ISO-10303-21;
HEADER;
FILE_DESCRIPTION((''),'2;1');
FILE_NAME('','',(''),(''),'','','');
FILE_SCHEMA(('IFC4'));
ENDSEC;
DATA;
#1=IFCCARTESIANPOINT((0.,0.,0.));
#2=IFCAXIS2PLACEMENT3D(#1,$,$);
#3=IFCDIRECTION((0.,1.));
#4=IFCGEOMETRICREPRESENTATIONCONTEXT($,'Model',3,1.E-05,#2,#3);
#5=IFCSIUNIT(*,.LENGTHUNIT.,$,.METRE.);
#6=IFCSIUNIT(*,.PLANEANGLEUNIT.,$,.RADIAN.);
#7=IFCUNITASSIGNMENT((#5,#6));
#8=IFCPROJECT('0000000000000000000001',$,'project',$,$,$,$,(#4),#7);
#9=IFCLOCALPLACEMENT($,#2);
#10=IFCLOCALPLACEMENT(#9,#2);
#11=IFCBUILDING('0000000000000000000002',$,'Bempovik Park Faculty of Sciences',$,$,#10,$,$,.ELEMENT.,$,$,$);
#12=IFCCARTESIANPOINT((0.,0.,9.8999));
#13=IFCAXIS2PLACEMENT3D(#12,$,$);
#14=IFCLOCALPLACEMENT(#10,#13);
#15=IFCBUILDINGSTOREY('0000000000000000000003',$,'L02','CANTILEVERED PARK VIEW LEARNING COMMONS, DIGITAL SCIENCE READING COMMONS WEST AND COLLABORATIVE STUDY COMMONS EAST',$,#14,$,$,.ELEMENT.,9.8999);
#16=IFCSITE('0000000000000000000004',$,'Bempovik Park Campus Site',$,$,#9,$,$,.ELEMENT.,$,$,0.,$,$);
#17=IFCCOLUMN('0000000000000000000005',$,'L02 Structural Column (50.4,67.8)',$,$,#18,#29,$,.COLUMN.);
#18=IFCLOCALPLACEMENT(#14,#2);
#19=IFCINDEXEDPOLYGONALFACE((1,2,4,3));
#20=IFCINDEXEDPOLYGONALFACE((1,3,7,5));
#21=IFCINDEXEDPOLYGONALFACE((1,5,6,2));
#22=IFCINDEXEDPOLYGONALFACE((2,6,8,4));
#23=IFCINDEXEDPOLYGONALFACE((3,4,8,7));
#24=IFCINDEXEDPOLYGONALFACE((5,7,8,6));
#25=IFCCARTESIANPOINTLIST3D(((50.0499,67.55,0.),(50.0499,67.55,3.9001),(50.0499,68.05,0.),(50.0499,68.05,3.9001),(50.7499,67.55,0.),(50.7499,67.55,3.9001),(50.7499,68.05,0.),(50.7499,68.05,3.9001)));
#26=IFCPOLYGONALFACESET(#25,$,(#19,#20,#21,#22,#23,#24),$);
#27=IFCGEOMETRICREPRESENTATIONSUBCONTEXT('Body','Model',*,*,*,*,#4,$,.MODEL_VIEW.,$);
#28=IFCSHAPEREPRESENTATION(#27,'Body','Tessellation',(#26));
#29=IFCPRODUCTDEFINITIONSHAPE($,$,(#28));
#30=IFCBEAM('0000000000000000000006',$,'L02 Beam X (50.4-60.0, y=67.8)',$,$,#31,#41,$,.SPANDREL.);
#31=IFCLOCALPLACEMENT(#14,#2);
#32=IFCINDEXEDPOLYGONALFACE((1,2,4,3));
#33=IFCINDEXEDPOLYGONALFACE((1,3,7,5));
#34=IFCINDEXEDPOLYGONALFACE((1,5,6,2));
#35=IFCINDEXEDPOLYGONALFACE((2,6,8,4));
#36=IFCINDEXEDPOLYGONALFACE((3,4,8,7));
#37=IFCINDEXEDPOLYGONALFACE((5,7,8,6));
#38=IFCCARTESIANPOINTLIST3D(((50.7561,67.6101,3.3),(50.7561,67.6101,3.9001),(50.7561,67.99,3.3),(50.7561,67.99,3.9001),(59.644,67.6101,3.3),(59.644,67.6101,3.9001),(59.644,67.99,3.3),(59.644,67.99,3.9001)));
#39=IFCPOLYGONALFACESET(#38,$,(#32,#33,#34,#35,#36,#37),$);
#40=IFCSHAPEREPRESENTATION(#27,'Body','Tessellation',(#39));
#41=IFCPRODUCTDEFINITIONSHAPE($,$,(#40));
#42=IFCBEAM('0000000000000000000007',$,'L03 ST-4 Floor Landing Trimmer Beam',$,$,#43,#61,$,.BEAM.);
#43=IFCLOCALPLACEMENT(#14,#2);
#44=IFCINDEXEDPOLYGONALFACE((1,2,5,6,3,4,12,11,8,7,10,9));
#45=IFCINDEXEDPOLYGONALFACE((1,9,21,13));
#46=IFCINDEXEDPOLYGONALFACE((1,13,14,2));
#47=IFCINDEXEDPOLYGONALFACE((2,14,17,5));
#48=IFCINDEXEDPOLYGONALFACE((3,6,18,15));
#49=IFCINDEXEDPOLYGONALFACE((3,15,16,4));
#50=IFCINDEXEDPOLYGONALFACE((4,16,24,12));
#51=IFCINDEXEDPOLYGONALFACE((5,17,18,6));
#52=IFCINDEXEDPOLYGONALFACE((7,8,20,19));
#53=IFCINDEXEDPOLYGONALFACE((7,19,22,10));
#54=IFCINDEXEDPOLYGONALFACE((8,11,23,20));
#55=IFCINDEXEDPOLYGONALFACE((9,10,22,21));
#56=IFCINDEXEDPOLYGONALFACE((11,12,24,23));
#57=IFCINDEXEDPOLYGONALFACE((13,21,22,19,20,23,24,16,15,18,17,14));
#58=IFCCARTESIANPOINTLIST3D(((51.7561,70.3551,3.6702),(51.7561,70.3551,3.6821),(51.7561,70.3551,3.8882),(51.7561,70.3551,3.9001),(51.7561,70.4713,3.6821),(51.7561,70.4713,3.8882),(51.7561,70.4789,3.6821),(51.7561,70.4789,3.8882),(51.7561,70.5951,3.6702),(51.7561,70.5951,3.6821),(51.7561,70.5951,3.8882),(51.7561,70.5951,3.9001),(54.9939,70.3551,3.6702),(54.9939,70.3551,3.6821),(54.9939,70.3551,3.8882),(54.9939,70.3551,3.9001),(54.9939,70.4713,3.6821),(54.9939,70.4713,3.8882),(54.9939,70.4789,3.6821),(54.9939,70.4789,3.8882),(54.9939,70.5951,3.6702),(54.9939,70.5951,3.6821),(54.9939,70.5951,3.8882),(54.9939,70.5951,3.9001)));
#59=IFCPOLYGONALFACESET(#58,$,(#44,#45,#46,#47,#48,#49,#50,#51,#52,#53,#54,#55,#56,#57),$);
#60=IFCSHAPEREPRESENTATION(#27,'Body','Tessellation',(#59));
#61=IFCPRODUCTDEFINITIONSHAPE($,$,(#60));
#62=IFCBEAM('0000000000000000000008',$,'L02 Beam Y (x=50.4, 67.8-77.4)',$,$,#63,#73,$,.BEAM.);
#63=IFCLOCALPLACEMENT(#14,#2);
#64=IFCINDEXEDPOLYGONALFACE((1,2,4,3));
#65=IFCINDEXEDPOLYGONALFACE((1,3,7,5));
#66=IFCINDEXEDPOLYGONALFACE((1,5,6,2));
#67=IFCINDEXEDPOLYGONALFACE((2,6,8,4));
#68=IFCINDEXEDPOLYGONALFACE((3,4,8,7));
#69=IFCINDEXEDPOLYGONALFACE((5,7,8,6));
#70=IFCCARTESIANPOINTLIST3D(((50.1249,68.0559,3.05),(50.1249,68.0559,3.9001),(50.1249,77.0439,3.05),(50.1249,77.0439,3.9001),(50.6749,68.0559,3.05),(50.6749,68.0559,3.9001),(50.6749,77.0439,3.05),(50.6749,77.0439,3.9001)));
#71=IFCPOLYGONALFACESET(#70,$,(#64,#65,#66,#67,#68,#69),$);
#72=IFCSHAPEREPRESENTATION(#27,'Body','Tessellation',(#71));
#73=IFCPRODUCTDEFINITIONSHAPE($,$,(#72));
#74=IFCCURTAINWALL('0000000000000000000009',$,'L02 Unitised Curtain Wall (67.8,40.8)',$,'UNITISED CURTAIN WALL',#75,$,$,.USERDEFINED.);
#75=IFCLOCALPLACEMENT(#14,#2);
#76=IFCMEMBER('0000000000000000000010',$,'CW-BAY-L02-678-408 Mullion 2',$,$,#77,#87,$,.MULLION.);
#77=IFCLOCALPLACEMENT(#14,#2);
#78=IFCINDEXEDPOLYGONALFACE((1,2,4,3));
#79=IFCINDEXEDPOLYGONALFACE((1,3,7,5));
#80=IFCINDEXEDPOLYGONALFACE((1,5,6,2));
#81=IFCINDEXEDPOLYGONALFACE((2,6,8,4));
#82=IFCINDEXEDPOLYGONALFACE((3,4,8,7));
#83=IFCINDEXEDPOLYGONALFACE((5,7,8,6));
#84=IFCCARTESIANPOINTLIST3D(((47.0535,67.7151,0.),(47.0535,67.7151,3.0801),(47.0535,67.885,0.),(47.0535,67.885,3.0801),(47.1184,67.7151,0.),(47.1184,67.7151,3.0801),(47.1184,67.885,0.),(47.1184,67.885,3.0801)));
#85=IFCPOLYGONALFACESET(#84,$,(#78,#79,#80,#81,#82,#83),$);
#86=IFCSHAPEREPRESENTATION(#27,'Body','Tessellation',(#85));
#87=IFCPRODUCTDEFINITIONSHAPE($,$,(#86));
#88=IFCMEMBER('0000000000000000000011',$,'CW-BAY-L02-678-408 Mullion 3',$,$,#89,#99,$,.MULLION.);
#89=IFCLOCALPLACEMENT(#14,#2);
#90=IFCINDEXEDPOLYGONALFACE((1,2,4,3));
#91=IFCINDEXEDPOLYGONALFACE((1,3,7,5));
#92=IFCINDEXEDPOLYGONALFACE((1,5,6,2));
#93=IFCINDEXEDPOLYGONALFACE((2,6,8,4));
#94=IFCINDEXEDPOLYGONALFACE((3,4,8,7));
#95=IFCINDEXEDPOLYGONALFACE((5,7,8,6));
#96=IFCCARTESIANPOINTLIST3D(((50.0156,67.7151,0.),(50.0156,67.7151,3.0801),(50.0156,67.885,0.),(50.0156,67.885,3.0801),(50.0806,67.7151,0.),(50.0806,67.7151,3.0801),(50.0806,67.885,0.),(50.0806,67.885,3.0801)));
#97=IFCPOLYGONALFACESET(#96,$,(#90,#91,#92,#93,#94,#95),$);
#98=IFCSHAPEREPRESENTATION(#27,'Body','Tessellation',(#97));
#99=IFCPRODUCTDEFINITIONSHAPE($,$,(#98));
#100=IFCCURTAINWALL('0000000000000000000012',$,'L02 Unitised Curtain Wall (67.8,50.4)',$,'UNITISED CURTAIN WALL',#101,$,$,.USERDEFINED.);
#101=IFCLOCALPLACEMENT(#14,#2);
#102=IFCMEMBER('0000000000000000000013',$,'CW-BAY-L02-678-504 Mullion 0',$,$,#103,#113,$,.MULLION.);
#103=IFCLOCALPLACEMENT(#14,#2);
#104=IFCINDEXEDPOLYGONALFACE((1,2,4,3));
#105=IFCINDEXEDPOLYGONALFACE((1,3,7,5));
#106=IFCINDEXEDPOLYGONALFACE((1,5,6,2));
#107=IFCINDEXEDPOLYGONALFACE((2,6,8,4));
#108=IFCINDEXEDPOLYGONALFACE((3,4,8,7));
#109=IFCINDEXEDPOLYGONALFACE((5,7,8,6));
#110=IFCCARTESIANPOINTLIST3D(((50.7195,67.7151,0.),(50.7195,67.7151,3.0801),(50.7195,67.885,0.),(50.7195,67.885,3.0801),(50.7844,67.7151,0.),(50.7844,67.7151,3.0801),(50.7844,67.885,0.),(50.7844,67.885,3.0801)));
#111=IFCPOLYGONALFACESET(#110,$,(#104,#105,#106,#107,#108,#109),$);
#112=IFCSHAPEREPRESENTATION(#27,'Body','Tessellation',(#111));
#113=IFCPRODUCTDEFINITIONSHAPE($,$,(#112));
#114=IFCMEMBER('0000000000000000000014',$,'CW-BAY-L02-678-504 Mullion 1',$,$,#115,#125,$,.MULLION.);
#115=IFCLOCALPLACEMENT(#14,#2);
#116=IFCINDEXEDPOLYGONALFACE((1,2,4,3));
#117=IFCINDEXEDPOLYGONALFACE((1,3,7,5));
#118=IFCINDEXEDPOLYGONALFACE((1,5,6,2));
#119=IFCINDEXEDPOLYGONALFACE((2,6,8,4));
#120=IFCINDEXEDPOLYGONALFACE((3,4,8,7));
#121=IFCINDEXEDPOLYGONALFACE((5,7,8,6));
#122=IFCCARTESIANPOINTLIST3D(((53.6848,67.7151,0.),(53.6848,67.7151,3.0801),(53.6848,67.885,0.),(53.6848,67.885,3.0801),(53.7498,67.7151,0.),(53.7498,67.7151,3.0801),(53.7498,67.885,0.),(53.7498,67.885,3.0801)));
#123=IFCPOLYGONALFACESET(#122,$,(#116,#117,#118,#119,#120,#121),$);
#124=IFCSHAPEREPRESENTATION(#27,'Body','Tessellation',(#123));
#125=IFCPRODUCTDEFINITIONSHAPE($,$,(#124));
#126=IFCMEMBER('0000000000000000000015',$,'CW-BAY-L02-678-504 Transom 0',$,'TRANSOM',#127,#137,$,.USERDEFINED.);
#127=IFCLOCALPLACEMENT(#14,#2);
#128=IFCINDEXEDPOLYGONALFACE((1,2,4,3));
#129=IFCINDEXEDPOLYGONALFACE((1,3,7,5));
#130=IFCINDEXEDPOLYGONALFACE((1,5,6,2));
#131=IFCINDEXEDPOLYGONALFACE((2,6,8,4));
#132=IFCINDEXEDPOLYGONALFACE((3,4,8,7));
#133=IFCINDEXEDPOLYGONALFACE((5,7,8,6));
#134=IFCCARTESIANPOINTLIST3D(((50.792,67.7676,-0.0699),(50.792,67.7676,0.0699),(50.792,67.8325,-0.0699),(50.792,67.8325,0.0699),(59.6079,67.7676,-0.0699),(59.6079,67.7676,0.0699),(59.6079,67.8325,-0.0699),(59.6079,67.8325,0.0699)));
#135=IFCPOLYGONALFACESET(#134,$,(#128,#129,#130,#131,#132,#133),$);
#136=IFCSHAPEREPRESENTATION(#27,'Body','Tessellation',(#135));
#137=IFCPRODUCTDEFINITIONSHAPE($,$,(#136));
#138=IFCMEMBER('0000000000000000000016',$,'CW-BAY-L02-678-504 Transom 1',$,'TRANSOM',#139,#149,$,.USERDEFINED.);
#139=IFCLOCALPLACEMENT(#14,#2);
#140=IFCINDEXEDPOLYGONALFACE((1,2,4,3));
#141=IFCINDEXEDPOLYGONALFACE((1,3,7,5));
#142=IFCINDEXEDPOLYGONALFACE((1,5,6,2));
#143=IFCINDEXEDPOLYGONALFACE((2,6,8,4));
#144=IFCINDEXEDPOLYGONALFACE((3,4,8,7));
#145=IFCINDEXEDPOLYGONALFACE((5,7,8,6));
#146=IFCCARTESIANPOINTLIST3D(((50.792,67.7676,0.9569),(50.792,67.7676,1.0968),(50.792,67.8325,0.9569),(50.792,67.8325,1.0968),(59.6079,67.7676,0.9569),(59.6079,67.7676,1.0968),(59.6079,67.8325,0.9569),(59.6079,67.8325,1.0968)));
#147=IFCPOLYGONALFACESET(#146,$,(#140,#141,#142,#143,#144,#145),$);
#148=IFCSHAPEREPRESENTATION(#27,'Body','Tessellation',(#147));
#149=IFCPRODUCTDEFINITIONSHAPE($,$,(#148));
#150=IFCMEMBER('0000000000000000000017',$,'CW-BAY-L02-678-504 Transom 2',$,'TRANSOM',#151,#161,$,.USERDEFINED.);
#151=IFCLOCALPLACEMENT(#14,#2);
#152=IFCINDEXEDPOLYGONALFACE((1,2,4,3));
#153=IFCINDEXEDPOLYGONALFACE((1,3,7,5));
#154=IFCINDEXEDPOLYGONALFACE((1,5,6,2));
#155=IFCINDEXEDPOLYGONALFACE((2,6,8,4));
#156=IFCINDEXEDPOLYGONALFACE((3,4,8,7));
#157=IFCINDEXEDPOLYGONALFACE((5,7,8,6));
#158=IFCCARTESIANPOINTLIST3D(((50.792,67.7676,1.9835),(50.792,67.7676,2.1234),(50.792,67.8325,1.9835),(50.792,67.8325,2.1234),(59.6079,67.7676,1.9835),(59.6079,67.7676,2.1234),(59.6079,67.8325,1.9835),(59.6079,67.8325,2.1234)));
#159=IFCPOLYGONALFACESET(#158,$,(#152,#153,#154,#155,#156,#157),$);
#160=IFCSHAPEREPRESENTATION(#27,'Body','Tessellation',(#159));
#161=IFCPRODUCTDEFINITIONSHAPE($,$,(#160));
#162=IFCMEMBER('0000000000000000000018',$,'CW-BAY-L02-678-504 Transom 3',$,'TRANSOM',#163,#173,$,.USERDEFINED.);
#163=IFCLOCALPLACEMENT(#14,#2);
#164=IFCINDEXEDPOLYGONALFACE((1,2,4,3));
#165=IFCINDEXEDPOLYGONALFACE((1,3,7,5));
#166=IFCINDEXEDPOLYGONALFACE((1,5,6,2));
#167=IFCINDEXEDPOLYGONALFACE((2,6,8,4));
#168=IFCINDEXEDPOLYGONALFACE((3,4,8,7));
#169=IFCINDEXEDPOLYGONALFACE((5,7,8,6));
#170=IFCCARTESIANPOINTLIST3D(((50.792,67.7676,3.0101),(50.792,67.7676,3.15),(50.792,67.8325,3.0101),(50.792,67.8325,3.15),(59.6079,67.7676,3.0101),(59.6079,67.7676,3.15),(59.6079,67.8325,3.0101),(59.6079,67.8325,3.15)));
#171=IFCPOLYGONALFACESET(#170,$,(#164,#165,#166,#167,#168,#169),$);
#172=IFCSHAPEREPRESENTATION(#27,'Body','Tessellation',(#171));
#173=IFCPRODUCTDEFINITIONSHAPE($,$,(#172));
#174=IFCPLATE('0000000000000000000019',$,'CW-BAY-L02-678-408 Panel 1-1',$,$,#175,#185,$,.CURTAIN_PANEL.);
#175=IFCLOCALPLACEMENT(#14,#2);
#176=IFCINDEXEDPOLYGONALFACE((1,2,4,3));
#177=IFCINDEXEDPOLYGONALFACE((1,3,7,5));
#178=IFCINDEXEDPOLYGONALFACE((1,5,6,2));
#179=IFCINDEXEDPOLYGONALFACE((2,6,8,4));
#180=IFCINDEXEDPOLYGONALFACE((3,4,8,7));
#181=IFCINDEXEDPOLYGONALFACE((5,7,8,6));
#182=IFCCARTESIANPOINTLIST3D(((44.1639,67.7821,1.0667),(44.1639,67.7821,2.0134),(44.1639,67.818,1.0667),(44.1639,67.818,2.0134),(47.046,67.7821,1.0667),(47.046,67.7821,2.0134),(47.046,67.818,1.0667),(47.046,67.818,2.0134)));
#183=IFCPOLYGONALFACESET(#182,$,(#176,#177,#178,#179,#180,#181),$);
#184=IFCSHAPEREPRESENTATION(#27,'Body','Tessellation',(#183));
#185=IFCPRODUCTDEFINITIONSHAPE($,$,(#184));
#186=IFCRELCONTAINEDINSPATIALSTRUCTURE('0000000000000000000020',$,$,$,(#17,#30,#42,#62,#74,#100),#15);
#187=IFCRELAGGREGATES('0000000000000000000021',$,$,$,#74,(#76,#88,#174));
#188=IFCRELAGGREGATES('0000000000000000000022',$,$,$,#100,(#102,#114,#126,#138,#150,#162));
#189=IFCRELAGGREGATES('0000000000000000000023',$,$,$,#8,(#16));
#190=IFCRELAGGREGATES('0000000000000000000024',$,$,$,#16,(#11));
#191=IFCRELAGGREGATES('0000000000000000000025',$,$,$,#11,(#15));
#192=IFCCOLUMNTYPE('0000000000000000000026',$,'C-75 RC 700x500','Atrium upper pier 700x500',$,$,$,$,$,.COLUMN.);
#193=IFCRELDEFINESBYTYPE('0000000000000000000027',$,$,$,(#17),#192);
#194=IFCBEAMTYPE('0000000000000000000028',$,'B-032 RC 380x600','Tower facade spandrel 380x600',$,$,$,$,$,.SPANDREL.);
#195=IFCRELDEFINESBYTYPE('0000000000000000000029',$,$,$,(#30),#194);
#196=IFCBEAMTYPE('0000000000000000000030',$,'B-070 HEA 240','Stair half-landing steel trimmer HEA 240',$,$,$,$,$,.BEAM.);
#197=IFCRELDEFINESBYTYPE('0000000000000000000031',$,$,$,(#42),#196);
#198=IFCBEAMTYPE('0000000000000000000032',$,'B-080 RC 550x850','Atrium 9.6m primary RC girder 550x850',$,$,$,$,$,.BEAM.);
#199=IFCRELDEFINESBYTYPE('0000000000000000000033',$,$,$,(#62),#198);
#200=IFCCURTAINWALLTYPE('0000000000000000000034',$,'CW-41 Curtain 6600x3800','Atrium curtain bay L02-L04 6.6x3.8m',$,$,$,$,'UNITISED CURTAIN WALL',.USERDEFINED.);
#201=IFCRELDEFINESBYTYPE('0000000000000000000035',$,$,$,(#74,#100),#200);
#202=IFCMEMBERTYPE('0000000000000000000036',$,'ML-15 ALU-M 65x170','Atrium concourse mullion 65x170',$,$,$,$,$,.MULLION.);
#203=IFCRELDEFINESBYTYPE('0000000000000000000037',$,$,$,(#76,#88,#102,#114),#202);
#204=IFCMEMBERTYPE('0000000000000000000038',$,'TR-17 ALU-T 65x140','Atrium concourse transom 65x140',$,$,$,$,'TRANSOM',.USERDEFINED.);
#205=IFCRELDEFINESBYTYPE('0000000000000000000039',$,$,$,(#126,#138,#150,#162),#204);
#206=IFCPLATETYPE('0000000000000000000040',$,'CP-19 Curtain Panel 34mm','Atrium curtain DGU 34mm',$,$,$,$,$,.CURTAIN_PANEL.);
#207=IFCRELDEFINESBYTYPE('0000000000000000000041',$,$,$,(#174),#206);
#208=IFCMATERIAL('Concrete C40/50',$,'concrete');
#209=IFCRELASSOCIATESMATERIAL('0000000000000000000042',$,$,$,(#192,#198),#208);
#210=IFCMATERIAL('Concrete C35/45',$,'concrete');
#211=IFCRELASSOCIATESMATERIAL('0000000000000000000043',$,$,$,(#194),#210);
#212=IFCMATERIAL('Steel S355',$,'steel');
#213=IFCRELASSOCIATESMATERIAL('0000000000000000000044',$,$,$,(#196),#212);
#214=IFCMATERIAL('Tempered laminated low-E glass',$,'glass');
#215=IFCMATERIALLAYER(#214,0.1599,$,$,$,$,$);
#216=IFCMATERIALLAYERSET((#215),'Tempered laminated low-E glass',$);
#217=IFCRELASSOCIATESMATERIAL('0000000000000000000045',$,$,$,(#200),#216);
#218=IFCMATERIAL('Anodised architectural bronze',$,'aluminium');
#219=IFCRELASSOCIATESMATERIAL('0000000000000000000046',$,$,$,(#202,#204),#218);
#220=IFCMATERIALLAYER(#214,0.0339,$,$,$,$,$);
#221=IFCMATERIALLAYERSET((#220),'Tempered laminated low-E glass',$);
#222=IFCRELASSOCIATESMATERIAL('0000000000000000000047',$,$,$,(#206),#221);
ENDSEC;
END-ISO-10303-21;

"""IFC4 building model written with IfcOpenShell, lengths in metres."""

from ifc_helpers import new_model, si_unit, direction, frame, origin, origin_2d, place, context, subcontext, project, spatial, rectangle, i_section, extrude, material, layer, layer_set, material_profile, profile_set, type_object, element, aggregate, save


model = new_model("IFC4")

# Units and contexts
model_context = context("Model", 3, precision=1e-05, world=origin(), true_north=direction((0.0, 1.0)))
body_context = subcontext(model_context, "Body", "Model", "MODEL_VIEW")
ifc_project = project(units=[si_unit("LENGTHUNIT", "METRE"), si_unit("PLANEANGLEUNIT", "RADIAN")], contexts=[model_context])

# Site, building, storey
site_placement = place(None, origin())
site = spatial("IfcSite", under=ifc_project, at=site_placement, Name="Bempovik Park Campus Site", CompositionType="ELEMENT", RefElevation=0.0)
building_placement = place(site_placement, origin())
building = spatial("IfcBuilding", under=site, at=building_placement, Name="Bempovik Park Faculty of Sciences", CompositionType="ELEMENT")
storey_placement = place(building_placement, frame((0.0, 0.0, 9.8999)))
storey = spatial("IfcBuildingStorey", under=building, at=storey_placement, Name="L02", Description="CANTILEVERED PARK VIEW LEARNING COMMONS, DIGITAL SCIENCE READING COMMONS WEST AND COLLABORATIVE STUDY COMMONS EAST", CompositionType="ELEMENT", Elevation=9.8999)

# Column
ifc_material_1 = material(Name="Concrete C40/50", Category="concrete")
ifc_material_profile_1 = material_profile(ifc_material_1, rectangle(XDim=0.7, YDim=0.5, at=origin_2d()), Name="RC 700x500")
ifc_profile_set_1 = profile_set([ifc_material_profile_1], Name="Concrete C40/50")
column_type = type_object("IfcColumnType", Name="C-75 RC 700x500", Description="Atrium upper pier 700x500", PredefinedType="COLUMN", material=ifc_profile_set_1)
column_placement = place(storey_placement, frame((50.3999, 67.8, 0.0), z_axis=(0.0, 0.0, 1.0), x_axis=(1.0, 0.0, 0.0)))
element("IfcColumn", 1, at=column_placement, inside=storey, type_object=column_type, Name="L02 Structural Column (50.4,67.8)", PredefinedType="COLUMN", context=body_context, shape_type="SweptSolid", body=[
    extrude(rectangle(XDim=0.7, YDim=0.5, at=origin_2d()), origin(), (0.0, 0.0, 1.0), 3.9001),
])

# Beams
ifc_material_2 = material(Name="Concrete C35/45", Category="concrete")
ifc_material_profile_2 = material_profile(ifc_material_2, rectangle(XDim=0.3799, YDim=0.6001, at=origin_2d()), Name="RC 380x600")
ifc_profile_set_2 = profile_set([ifc_material_profile_2], Name="Concrete C35/45")
beam_type_1 = type_object("IfcBeamType", Name="B-032 RC 380x600", Description="Tower facade spandrel 380x600", PredefinedType="SPANDREL", material=ifc_profile_set_2)
beam_1_placement = place(storey_placement, frame((50.7561, 67.8, 3.6001), z_axis=(1.0, 0.0, 0.0), x_axis=(0.0, 1.0, 0.0)))
element("IfcBeam", 2, at=beam_1_placement, inside=storey, type_object=beam_type_1, Name="L02 Beam X (50.4-60.0, y=67.8)", PredefinedType="SPANDREL", context=body_context, shape_type="SweptSolid", body=[
    extrude(rectangle(XDim=0.3799, YDim=0.6001, at=origin_2d()), origin(), (0.0, 0.0, 1.0), 8.8879),
])
ifc_material_3 = material(Name="Steel S355", Category="steel")
ifc_material_profile_3 = material_profile(ifc_material_3, i_section(OverallWidth=0.24, OverallDepth=0.23, WebThickness=0.0076, FlangeThickness=0.012, at=origin_2d()), Name="HEA 240")
ifc_profile_set_3 = profile_set([ifc_material_profile_3], Name="Steel S355")
beam_type_2 = type_object("IfcBeamType", Name="B-070 HEA 240", Description="Stair half-landing steel trimmer HEA 240", PredefinedType="BEAM", material=ifc_profile_set_3)
beam_2_placement = place(storey_placement, frame((51.7561, 70.4751, 3.7852), z_axis=(1.0, 0.0, 0.0), x_axis=(0.0, 1.0, 0.0)))
element("IfcBeam", 3, at=beam_2_placement, inside=storey, type_object=beam_type_2, Name="L03 ST-4 Floor Landing Trimmer Beam", PredefinedType="BEAM", context=body_context, shape_type="SweptSolid", body=[
    extrude(i_section(OverallWidth=0.24, OverallDepth=0.23, WebThickness=0.0076, FlangeThickness=0.012, at=origin_2d()), origin(), (0.0, 0.0, 1.0), 3.2378),
])
ifc_material_profile_4 = material_profile(ifc_material_1, rectangle(XDim=0.55, YDim=0.8501, at=origin_2d()), Name="RC 550x850")
ifc_profile_set_4 = profile_set([ifc_material_profile_4], Name="Concrete C40/50")
beam_type_3 = type_object("IfcBeamType", Name="B-080 RC 550x850", Description="Atrium 9.6m primary RC girder 550x850", PredefinedType="BEAM", material=ifc_profile_set_4)
beam_3_placement = place(storey_placement, frame((50.3999, 68.0559, 3.4751), z_axis=(0.0, 1.0, 0.0), x_axis=(-1.0, 0.0, 0.0)))
element("IfcBeam", 4, at=beam_3_placement, inside=storey, type_object=beam_type_3, Name="L02 Beam Y (x=50.4, 67.8-77.4)", PredefinedType="BEAM", context=body_context, shape_type="SweptSolid", body=[
    extrude(rectangle(XDim=0.55, YDim=0.8501, at=origin_2d()), origin(), (0.0, 0.0, 1.0), 8.988),
])

# Curtain walls, members
ifc_material_4 = material(Name="Tempered laminated low-E glass", Category="glass")
ifc_layer_1 = layer(ifc_material_4, 0.1599)
ifc_layer_set_1 = layer_set([ifc_layer_1], Name="Tempered laminated low-E glass")
curtain_wall_type = type_object("IfcCurtainWallType", Name="CW-41 Curtain 6600x3800", Description="Atrium curtain bay L02-L04 6.6x3.8m", ElementType="UNITISED CURTAIN WALL", PredefinedType="USERDEFINED", material=ifc_layer_set_1)
curtain_wall_1_placement = place(storey_placement, origin())
curtain_wall_1 = element("IfcCurtainWall", 5, at=curtain_wall_1_placement, inside=storey, type_object=curtain_wall_type, Name="L02 Unitised Curtain Wall (67.8,40.8)", ObjectType="UNITISED CURTAIN WALL", PredefinedType="USERDEFINED")
ifc_material_5 = material(Name="Anodised architectural bronze", Category="aluminium")
ifc_material_profile_5 = material_profile(ifc_material_5, rectangle(XDim=0.0649, YDim=0.1699, at=origin_2d()), Name="ALU-M 65x170")
ifc_profile_set_5 = profile_set([ifc_material_profile_5], Name="Anodised architectural bronze")
member_type_1 = type_object("IfcMemberType", Name="ML-15 ALU-M 65x170", Description="Atrium concourse mullion 65x170", PredefinedType="MULLION", material=ifc_profile_set_5)
member_1_placement = place(storey_placement, frame((47.0859, 67.8, 0.0), z_axis=(0.0, 0.0, 1.0), x_axis=(1.0, 0.0, 0.0)))
member_1 = element("IfcMember", 6, at=member_1_placement, type_object=member_type_1, Name="CW-BAY-L02-678-408 Mullion 2", PredefinedType="MULLION", context=body_context, shape_type="SweptSolid", body=[
    extrude(rectangle(XDim=0.0649, YDim=0.1699, at=origin_2d()), origin(), (0.0, 0.0, 1.0), 3.0801),
])
member_2_placement = place(storey_placement, frame((50.0481, 67.8, 0.0), z_axis=(0.0, 0.0, 1.0), x_axis=(1.0, 0.0, 0.0)))
member_2 = element("IfcMember", 7, at=member_2_placement, type_object=member_type_1, Name="CW-BAY-L02-678-408 Mullion 3", PredefinedType="MULLION", context=body_context, shape_type="SweptSolid", body=[
    extrude(rectangle(XDim=0.0649, YDim=0.1699, at=origin_2d()), origin(), (0.0, 0.0, 1.0), 3.0801),
])
curtain_wall_2_placement = place(storey_placement, origin())
curtain_wall_2 = element("IfcCurtainWall", 8, at=curtain_wall_2_placement, inside=storey, type_object=curtain_wall_type, Name="L02 Unitised Curtain Wall (67.8,50.4)", ObjectType="UNITISED CURTAIN WALL", PredefinedType="USERDEFINED")
member_3_placement = place(storey_placement, frame((50.752, 67.8, 0.0), z_axis=(0.0, 0.0, 1.0), x_axis=(1.0, 0.0, 0.0)))
member_3 = element("IfcMember", 9, at=member_3_placement, type_object=member_type_1, Name="CW-BAY-L02-678-504 Mullion 0", PredefinedType="MULLION", context=body_context, shape_type="SweptSolid", body=[
    extrude(rectangle(XDim=0.0649, YDim=0.1699, at=origin_2d()), origin(), (0.0, 0.0, 1.0), 3.0801),
])
member_4_placement = place(storey_placement, frame((53.7173, 67.8, 0.0), z_axis=(0.0, 0.0, 1.0), x_axis=(1.0, 0.0, 0.0)))
member_4 = element("IfcMember", 10, at=member_4_placement, type_object=member_type_1, Name="CW-BAY-L02-678-504 Mullion 1", PredefinedType="MULLION", context=body_context, shape_type="SweptSolid", body=[
    extrude(rectangle(XDim=0.0649, YDim=0.1699, at=origin_2d()), origin(), (0.0, 0.0, 1.0), 3.0801),
])
ifc_material_profile_6 = material_profile(ifc_material_5, rectangle(XDim=0.0649, YDim=0.1399, at=origin_2d()), Name="ALU-T 65x140")
ifc_profile_set_6 = profile_set([ifc_material_profile_6], Name="Anodised architectural bronze")
member_type_2 = type_object("IfcMemberType", Name="TR-17 ALU-T 65x140", Description="Atrium concourse transom 65x140", ElementType="TRANSOM", PredefinedType="USERDEFINED", material=ifc_profile_set_6)
member_5_placement = place(storey_placement, frame((50.792, 67.8, 0.0), z_axis=(1.0, 0.0, 0.0), x_axis=(0.0, 1.0, 0.0)))
member_5 = element("IfcMember", 11, at=member_5_placement, type_object=member_type_2, Name="CW-BAY-L02-678-504 Transom 0", ObjectType="TRANSOM", PredefinedType="USERDEFINED", context=body_context, shape_type="SweptSolid", body=[
    extrude(rectangle(XDim=0.0649, YDim=0.1399, at=origin_2d()), origin(), (0.0, 0.0, 1.0), 8.8159),
])
member_6_placement = place(storey_placement, frame((50.792, 67.8, 1.0269), z_axis=(1.0, 0.0, 0.0), x_axis=(0.0, 1.0, 0.0)))
member_6 = element("IfcMember", 12, at=member_6_placement, type_object=member_type_2, Name="CW-BAY-L02-678-504 Transom 1", ObjectType="TRANSOM", PredefinedType="USERDEFINED", context=body_context, shape_type="SweptSolid", body=[
    extrude(rectangle(XDim=0.0649, YDim=0.1399, at=origin_2d()), origin(), (0.0, 0.0, 1.0), 8.8159),
])
member_7_placement = place(storey_placement, frame((50.792, 67.8, 2.0535), z_axis=(1.0, 0.0, 0.0), x_axis=(0.0, 1.0, 0.0)))
member_7 = element("IfcMember", 13, at=member_7_placement, type_object=member_type_2, Name="CW-BAY-L02-678-504 Transom 2", ObjectType="TRANSOM", PredefinedType="USERDEFINED", context=body_context, shape_type="SweptSolid", body=[
    extrude(rectangle(XDim=0.0649, YDim=0.1399, at=origin_2d()), origin(), (0.0, 0.0, 1.0), 8.8159),
])
member_8_placement = place(storey_placement, frame((50.792, 67.8, 3.0801), z_axis=(1.0, 0.0, 0.0), x_axis=(0.0, 1.0, 0.0)))
member_8 = element("IfcMember", 14, at=member_8_placement, type_object=member_type_2, Name="CW-BAY-L02-678-504 Transom 3", ObjectType="TRANSOM", PredefinedType="USERDEFINED", context=body_context, shape_type="SweptSolid", body=[
    extrude(rectangle(XDim=0.0649, YDim=0.1399, at=origin_2d()), origin(), (0.0, 0.0, 1.0), 8.8159),
])

# Plate
ifc_layer_2 = layer(ifc_material_4, 0.0339)
ifc_layer_set_2 = layer_set([ifc_layer_2], Name="Tempered laminated low-E glass")
plate_type_1 = type_object("IfcPlateType", Name="CP-19 Curtain Panel 34mm", Description="Atrium curtain DGU 34mm", PredefinedType="CURTAIN_PANEL", material=ifc_layer_set_2)
plate_1_placement = place(storey_placement, frame((45.605, 67.8, 1.0667), z_axis=(0.0, 0.0, 1.0), x_axis=(1.0, 0.0, 0.0)))
plate_1 = element("IfcPlate", 15, at=plate_1_placement, type_object=plate_type_1, Name="CW-BAY-L02-678-408 Panel 1-1", PredefinedType="CURTAIN_PANEL", context=body_context, shape_type="SweptSolid", body=[
    extrude(rectangle(XDim=2.8821, YDim=0.0359, at=origin_2d()), origin(), (0.0, 0.0, 1.0), 0.9468),
])
aggregate(curtain_wall_1, [member_1, member_2, plate_1])
aggregate(curtain_wall_2, [member_3, member_4, member_5, member_6, member_7, member_8])

save(model, "model.ifc")
